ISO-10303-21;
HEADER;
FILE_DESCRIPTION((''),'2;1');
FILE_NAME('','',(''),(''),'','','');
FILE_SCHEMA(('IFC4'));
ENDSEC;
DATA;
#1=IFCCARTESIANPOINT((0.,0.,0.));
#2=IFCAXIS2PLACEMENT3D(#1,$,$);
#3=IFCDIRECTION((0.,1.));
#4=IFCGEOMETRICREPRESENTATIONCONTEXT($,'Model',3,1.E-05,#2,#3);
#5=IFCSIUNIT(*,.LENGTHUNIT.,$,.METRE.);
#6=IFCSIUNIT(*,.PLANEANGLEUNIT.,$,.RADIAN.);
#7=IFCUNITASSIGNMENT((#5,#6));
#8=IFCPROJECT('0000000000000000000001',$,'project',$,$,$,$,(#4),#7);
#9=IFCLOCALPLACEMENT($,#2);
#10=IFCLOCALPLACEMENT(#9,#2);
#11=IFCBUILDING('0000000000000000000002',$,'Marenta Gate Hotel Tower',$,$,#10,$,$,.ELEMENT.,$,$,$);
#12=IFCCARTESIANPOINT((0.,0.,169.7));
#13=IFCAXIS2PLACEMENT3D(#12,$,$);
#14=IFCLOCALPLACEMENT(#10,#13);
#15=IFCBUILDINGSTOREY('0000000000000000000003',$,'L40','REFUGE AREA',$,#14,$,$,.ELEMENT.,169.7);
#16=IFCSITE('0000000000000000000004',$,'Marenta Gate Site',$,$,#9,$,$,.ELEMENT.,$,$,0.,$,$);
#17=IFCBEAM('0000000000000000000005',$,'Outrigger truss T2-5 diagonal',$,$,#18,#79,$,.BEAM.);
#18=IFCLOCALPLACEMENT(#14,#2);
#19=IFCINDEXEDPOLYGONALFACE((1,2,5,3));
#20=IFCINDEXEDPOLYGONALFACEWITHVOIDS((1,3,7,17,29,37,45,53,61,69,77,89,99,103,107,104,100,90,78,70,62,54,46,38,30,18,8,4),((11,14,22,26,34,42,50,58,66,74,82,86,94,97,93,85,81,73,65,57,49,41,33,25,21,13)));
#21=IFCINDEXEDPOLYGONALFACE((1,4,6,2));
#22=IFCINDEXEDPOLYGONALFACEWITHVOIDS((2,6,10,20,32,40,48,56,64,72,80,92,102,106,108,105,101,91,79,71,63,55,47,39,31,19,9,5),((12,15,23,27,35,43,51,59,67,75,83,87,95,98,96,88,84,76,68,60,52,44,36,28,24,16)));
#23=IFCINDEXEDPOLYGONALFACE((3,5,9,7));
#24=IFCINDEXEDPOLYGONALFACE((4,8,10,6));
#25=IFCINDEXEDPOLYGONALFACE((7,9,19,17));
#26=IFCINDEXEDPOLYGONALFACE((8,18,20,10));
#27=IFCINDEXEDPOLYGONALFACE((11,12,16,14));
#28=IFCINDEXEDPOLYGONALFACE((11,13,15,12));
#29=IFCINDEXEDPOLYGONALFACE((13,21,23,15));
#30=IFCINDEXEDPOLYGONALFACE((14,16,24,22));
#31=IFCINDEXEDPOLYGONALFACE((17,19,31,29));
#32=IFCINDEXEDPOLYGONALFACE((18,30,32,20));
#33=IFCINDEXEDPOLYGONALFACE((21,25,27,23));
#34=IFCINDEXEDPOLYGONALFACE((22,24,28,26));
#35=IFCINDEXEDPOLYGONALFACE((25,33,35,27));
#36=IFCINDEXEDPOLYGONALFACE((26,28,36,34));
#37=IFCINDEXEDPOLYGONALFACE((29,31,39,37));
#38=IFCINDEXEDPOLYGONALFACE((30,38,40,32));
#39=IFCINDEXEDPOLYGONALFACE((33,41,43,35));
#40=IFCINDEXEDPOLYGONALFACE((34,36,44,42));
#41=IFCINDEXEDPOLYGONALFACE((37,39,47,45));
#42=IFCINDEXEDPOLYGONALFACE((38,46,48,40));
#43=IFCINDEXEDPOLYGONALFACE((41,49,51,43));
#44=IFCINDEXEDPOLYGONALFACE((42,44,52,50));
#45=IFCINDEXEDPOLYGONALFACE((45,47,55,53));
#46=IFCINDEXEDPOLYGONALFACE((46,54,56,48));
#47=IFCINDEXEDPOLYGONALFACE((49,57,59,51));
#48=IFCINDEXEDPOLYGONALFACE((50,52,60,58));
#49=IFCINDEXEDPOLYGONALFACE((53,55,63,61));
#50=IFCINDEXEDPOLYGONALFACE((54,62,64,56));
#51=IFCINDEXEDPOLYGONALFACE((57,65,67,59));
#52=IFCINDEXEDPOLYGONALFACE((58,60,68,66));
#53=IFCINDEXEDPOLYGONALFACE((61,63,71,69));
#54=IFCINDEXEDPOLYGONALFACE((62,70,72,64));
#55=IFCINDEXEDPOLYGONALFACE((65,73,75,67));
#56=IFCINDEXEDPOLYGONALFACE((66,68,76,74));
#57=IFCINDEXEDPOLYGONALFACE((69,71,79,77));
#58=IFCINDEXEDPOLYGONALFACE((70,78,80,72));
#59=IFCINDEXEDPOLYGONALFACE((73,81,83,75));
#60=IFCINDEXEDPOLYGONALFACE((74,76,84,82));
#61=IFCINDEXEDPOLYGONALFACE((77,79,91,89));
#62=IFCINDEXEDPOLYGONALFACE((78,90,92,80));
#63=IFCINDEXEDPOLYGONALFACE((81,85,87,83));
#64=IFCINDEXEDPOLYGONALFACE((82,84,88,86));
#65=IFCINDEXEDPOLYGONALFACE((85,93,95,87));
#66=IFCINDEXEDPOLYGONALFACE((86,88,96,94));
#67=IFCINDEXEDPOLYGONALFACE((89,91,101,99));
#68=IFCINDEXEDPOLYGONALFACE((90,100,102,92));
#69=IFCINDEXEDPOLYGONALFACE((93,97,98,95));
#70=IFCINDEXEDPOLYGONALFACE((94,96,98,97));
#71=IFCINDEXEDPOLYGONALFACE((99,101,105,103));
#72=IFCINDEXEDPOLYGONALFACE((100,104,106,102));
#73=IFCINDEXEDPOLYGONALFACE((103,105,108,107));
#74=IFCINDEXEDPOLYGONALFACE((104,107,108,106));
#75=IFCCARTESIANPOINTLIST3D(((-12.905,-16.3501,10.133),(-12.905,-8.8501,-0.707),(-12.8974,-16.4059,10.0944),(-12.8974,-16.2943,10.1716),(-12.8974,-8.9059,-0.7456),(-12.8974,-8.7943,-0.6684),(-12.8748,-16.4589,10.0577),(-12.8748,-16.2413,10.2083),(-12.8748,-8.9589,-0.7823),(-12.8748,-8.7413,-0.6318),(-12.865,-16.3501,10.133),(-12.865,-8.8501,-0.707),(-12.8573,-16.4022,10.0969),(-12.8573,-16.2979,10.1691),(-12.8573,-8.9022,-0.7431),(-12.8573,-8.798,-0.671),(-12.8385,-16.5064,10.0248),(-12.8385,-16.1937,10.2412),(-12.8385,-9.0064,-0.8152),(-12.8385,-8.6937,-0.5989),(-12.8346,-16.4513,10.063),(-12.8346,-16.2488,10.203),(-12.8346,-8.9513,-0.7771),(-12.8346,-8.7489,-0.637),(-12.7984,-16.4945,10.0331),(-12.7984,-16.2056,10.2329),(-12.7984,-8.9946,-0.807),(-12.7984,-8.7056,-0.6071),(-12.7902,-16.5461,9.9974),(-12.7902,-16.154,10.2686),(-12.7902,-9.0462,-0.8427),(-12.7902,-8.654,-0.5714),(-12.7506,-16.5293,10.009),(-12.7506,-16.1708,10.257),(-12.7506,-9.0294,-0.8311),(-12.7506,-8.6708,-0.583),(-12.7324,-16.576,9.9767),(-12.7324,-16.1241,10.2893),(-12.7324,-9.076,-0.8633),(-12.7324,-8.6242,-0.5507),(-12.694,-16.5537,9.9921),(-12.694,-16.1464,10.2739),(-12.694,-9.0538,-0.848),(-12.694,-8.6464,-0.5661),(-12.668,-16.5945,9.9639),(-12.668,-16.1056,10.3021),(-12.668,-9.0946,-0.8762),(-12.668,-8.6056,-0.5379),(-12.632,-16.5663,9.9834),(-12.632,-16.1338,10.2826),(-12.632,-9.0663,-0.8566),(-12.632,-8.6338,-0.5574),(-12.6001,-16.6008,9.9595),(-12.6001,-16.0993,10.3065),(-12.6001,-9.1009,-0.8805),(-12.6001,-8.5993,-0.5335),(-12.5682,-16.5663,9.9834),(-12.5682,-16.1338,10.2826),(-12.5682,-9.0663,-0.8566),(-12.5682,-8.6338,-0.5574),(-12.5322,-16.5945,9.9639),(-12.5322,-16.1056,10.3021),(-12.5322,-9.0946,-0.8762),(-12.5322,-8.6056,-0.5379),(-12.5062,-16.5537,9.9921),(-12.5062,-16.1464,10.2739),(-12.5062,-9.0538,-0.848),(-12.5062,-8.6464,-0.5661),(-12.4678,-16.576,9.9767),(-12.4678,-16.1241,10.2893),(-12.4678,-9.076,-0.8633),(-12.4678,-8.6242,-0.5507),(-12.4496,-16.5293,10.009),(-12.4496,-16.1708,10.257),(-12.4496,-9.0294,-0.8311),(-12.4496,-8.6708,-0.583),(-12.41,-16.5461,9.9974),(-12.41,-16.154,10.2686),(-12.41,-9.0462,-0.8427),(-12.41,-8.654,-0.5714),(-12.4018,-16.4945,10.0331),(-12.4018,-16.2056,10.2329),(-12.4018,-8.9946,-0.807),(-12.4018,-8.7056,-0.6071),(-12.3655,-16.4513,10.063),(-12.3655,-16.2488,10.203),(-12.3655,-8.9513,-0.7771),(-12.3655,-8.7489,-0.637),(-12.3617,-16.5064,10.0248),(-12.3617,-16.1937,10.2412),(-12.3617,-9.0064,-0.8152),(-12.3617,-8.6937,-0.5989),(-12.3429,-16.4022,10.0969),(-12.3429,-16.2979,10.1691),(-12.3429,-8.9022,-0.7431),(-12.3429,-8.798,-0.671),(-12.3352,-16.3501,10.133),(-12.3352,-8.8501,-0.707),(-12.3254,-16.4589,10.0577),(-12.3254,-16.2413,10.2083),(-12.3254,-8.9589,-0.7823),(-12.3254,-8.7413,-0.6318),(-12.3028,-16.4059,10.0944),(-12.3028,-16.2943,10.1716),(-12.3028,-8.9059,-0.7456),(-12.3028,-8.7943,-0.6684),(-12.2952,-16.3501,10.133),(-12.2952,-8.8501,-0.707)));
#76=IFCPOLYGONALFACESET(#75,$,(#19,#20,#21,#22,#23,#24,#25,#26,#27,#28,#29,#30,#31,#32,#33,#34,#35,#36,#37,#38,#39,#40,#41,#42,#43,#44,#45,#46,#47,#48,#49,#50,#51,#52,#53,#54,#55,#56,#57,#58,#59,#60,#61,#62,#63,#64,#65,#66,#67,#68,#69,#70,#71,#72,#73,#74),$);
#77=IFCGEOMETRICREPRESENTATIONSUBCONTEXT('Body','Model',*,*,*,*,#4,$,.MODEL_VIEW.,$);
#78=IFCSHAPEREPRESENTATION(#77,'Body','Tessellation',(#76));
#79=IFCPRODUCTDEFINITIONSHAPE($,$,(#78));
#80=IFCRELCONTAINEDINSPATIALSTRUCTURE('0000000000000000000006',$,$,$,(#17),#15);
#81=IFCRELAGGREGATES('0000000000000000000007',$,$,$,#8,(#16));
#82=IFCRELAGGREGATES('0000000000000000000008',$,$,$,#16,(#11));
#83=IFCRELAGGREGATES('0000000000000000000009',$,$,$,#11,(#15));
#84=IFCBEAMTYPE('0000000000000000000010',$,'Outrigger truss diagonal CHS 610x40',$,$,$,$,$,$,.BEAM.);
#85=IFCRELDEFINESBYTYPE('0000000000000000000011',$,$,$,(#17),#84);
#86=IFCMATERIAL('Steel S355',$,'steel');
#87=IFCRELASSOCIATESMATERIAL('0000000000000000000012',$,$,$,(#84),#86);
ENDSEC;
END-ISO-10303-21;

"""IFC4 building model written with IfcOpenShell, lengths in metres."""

from ifc_helpers import new_model, si_unit, direction, frame, origin, origin_2d, place, context, subcontext, project, spatial, hollow_circle, extrude, material, material_profile, profile_set, type_object, element, save


model = new_model("IFC4")

# Units and contexts
model_context = context("Model", 3, precision=1e-05, world=origin(), true_north=direction((0.0, 1.0)))
body_context = subcontext(model_context, "Body", "Model", "MODEL_VIEW")
ifc_project = project(units=[si_unit("LENGTHUNIT", "METRE"), si_unit("PLANEANGLEUNIT", "RADIAN")], contexts=[model_context])

# Site, building, storey
site_placement = place(None, origin())
site = spatial("IfcSite", under=ifc_project, at=site_placement, Name="Marenta Gate Site", CompositionType="ELEMENT", RefElevation=0.0)
building_placement = place(site_placement, origin())
building = spatial("IfcBuilding", under=site, at=building_placement, Name="Marenta Gate Hotel Tower", CompositionType="ELEMENT")
storey_placement = place(building_placement, frame((0.0, 0.0, 169.7)))
storey = spatial("IfcBuildingStorey", under=building, at=storey_placement, Name="L40", Description="REFUGE AREA", CompositionType="ELEMENT", Elevation=169.7)

# Beam
ifc_material_1 = material(Name="Steel S355", Category="steel")
ifc_material_profile_1 = material_profile(ifc_material_1, hollow_circle(Radius=0.3049, WallThickness=0.04, at=origin_2d()), Name="CHS 610x40")
ifc_profile_set_1 = profile_set([ifc_material_profile_1], Name="Steel S355")
beam_type_1 = type_object("IfcBeamType", Name="Outrigger truss diagonal CHS 610x40", PredefinedType="BEAM", material=ifc_profile_set_1)
beam_placement = place(storey_placement, frame((-12.6001, -8.8501, -0.707), z_axis=(0.0, -0.56897, 0.822358), x_axis=(1.0, 0.0, 0.0)))
element("IfcBeam", 1, at=beam_placement, inside=storey, type_object=beam_type_1, Name="Outrigger truss T2-5 diagonal", PredefinedType="BEAM", context=body_context, shape_type="SweptSolid", body=[
    extrude(hollow_circle(Radius=0.3049, WallThickness=0.04, at=origin_2d()), origin(), (0.0, 0.0, 1.0), 13.1816),
])

save(model, "model.ifc")
